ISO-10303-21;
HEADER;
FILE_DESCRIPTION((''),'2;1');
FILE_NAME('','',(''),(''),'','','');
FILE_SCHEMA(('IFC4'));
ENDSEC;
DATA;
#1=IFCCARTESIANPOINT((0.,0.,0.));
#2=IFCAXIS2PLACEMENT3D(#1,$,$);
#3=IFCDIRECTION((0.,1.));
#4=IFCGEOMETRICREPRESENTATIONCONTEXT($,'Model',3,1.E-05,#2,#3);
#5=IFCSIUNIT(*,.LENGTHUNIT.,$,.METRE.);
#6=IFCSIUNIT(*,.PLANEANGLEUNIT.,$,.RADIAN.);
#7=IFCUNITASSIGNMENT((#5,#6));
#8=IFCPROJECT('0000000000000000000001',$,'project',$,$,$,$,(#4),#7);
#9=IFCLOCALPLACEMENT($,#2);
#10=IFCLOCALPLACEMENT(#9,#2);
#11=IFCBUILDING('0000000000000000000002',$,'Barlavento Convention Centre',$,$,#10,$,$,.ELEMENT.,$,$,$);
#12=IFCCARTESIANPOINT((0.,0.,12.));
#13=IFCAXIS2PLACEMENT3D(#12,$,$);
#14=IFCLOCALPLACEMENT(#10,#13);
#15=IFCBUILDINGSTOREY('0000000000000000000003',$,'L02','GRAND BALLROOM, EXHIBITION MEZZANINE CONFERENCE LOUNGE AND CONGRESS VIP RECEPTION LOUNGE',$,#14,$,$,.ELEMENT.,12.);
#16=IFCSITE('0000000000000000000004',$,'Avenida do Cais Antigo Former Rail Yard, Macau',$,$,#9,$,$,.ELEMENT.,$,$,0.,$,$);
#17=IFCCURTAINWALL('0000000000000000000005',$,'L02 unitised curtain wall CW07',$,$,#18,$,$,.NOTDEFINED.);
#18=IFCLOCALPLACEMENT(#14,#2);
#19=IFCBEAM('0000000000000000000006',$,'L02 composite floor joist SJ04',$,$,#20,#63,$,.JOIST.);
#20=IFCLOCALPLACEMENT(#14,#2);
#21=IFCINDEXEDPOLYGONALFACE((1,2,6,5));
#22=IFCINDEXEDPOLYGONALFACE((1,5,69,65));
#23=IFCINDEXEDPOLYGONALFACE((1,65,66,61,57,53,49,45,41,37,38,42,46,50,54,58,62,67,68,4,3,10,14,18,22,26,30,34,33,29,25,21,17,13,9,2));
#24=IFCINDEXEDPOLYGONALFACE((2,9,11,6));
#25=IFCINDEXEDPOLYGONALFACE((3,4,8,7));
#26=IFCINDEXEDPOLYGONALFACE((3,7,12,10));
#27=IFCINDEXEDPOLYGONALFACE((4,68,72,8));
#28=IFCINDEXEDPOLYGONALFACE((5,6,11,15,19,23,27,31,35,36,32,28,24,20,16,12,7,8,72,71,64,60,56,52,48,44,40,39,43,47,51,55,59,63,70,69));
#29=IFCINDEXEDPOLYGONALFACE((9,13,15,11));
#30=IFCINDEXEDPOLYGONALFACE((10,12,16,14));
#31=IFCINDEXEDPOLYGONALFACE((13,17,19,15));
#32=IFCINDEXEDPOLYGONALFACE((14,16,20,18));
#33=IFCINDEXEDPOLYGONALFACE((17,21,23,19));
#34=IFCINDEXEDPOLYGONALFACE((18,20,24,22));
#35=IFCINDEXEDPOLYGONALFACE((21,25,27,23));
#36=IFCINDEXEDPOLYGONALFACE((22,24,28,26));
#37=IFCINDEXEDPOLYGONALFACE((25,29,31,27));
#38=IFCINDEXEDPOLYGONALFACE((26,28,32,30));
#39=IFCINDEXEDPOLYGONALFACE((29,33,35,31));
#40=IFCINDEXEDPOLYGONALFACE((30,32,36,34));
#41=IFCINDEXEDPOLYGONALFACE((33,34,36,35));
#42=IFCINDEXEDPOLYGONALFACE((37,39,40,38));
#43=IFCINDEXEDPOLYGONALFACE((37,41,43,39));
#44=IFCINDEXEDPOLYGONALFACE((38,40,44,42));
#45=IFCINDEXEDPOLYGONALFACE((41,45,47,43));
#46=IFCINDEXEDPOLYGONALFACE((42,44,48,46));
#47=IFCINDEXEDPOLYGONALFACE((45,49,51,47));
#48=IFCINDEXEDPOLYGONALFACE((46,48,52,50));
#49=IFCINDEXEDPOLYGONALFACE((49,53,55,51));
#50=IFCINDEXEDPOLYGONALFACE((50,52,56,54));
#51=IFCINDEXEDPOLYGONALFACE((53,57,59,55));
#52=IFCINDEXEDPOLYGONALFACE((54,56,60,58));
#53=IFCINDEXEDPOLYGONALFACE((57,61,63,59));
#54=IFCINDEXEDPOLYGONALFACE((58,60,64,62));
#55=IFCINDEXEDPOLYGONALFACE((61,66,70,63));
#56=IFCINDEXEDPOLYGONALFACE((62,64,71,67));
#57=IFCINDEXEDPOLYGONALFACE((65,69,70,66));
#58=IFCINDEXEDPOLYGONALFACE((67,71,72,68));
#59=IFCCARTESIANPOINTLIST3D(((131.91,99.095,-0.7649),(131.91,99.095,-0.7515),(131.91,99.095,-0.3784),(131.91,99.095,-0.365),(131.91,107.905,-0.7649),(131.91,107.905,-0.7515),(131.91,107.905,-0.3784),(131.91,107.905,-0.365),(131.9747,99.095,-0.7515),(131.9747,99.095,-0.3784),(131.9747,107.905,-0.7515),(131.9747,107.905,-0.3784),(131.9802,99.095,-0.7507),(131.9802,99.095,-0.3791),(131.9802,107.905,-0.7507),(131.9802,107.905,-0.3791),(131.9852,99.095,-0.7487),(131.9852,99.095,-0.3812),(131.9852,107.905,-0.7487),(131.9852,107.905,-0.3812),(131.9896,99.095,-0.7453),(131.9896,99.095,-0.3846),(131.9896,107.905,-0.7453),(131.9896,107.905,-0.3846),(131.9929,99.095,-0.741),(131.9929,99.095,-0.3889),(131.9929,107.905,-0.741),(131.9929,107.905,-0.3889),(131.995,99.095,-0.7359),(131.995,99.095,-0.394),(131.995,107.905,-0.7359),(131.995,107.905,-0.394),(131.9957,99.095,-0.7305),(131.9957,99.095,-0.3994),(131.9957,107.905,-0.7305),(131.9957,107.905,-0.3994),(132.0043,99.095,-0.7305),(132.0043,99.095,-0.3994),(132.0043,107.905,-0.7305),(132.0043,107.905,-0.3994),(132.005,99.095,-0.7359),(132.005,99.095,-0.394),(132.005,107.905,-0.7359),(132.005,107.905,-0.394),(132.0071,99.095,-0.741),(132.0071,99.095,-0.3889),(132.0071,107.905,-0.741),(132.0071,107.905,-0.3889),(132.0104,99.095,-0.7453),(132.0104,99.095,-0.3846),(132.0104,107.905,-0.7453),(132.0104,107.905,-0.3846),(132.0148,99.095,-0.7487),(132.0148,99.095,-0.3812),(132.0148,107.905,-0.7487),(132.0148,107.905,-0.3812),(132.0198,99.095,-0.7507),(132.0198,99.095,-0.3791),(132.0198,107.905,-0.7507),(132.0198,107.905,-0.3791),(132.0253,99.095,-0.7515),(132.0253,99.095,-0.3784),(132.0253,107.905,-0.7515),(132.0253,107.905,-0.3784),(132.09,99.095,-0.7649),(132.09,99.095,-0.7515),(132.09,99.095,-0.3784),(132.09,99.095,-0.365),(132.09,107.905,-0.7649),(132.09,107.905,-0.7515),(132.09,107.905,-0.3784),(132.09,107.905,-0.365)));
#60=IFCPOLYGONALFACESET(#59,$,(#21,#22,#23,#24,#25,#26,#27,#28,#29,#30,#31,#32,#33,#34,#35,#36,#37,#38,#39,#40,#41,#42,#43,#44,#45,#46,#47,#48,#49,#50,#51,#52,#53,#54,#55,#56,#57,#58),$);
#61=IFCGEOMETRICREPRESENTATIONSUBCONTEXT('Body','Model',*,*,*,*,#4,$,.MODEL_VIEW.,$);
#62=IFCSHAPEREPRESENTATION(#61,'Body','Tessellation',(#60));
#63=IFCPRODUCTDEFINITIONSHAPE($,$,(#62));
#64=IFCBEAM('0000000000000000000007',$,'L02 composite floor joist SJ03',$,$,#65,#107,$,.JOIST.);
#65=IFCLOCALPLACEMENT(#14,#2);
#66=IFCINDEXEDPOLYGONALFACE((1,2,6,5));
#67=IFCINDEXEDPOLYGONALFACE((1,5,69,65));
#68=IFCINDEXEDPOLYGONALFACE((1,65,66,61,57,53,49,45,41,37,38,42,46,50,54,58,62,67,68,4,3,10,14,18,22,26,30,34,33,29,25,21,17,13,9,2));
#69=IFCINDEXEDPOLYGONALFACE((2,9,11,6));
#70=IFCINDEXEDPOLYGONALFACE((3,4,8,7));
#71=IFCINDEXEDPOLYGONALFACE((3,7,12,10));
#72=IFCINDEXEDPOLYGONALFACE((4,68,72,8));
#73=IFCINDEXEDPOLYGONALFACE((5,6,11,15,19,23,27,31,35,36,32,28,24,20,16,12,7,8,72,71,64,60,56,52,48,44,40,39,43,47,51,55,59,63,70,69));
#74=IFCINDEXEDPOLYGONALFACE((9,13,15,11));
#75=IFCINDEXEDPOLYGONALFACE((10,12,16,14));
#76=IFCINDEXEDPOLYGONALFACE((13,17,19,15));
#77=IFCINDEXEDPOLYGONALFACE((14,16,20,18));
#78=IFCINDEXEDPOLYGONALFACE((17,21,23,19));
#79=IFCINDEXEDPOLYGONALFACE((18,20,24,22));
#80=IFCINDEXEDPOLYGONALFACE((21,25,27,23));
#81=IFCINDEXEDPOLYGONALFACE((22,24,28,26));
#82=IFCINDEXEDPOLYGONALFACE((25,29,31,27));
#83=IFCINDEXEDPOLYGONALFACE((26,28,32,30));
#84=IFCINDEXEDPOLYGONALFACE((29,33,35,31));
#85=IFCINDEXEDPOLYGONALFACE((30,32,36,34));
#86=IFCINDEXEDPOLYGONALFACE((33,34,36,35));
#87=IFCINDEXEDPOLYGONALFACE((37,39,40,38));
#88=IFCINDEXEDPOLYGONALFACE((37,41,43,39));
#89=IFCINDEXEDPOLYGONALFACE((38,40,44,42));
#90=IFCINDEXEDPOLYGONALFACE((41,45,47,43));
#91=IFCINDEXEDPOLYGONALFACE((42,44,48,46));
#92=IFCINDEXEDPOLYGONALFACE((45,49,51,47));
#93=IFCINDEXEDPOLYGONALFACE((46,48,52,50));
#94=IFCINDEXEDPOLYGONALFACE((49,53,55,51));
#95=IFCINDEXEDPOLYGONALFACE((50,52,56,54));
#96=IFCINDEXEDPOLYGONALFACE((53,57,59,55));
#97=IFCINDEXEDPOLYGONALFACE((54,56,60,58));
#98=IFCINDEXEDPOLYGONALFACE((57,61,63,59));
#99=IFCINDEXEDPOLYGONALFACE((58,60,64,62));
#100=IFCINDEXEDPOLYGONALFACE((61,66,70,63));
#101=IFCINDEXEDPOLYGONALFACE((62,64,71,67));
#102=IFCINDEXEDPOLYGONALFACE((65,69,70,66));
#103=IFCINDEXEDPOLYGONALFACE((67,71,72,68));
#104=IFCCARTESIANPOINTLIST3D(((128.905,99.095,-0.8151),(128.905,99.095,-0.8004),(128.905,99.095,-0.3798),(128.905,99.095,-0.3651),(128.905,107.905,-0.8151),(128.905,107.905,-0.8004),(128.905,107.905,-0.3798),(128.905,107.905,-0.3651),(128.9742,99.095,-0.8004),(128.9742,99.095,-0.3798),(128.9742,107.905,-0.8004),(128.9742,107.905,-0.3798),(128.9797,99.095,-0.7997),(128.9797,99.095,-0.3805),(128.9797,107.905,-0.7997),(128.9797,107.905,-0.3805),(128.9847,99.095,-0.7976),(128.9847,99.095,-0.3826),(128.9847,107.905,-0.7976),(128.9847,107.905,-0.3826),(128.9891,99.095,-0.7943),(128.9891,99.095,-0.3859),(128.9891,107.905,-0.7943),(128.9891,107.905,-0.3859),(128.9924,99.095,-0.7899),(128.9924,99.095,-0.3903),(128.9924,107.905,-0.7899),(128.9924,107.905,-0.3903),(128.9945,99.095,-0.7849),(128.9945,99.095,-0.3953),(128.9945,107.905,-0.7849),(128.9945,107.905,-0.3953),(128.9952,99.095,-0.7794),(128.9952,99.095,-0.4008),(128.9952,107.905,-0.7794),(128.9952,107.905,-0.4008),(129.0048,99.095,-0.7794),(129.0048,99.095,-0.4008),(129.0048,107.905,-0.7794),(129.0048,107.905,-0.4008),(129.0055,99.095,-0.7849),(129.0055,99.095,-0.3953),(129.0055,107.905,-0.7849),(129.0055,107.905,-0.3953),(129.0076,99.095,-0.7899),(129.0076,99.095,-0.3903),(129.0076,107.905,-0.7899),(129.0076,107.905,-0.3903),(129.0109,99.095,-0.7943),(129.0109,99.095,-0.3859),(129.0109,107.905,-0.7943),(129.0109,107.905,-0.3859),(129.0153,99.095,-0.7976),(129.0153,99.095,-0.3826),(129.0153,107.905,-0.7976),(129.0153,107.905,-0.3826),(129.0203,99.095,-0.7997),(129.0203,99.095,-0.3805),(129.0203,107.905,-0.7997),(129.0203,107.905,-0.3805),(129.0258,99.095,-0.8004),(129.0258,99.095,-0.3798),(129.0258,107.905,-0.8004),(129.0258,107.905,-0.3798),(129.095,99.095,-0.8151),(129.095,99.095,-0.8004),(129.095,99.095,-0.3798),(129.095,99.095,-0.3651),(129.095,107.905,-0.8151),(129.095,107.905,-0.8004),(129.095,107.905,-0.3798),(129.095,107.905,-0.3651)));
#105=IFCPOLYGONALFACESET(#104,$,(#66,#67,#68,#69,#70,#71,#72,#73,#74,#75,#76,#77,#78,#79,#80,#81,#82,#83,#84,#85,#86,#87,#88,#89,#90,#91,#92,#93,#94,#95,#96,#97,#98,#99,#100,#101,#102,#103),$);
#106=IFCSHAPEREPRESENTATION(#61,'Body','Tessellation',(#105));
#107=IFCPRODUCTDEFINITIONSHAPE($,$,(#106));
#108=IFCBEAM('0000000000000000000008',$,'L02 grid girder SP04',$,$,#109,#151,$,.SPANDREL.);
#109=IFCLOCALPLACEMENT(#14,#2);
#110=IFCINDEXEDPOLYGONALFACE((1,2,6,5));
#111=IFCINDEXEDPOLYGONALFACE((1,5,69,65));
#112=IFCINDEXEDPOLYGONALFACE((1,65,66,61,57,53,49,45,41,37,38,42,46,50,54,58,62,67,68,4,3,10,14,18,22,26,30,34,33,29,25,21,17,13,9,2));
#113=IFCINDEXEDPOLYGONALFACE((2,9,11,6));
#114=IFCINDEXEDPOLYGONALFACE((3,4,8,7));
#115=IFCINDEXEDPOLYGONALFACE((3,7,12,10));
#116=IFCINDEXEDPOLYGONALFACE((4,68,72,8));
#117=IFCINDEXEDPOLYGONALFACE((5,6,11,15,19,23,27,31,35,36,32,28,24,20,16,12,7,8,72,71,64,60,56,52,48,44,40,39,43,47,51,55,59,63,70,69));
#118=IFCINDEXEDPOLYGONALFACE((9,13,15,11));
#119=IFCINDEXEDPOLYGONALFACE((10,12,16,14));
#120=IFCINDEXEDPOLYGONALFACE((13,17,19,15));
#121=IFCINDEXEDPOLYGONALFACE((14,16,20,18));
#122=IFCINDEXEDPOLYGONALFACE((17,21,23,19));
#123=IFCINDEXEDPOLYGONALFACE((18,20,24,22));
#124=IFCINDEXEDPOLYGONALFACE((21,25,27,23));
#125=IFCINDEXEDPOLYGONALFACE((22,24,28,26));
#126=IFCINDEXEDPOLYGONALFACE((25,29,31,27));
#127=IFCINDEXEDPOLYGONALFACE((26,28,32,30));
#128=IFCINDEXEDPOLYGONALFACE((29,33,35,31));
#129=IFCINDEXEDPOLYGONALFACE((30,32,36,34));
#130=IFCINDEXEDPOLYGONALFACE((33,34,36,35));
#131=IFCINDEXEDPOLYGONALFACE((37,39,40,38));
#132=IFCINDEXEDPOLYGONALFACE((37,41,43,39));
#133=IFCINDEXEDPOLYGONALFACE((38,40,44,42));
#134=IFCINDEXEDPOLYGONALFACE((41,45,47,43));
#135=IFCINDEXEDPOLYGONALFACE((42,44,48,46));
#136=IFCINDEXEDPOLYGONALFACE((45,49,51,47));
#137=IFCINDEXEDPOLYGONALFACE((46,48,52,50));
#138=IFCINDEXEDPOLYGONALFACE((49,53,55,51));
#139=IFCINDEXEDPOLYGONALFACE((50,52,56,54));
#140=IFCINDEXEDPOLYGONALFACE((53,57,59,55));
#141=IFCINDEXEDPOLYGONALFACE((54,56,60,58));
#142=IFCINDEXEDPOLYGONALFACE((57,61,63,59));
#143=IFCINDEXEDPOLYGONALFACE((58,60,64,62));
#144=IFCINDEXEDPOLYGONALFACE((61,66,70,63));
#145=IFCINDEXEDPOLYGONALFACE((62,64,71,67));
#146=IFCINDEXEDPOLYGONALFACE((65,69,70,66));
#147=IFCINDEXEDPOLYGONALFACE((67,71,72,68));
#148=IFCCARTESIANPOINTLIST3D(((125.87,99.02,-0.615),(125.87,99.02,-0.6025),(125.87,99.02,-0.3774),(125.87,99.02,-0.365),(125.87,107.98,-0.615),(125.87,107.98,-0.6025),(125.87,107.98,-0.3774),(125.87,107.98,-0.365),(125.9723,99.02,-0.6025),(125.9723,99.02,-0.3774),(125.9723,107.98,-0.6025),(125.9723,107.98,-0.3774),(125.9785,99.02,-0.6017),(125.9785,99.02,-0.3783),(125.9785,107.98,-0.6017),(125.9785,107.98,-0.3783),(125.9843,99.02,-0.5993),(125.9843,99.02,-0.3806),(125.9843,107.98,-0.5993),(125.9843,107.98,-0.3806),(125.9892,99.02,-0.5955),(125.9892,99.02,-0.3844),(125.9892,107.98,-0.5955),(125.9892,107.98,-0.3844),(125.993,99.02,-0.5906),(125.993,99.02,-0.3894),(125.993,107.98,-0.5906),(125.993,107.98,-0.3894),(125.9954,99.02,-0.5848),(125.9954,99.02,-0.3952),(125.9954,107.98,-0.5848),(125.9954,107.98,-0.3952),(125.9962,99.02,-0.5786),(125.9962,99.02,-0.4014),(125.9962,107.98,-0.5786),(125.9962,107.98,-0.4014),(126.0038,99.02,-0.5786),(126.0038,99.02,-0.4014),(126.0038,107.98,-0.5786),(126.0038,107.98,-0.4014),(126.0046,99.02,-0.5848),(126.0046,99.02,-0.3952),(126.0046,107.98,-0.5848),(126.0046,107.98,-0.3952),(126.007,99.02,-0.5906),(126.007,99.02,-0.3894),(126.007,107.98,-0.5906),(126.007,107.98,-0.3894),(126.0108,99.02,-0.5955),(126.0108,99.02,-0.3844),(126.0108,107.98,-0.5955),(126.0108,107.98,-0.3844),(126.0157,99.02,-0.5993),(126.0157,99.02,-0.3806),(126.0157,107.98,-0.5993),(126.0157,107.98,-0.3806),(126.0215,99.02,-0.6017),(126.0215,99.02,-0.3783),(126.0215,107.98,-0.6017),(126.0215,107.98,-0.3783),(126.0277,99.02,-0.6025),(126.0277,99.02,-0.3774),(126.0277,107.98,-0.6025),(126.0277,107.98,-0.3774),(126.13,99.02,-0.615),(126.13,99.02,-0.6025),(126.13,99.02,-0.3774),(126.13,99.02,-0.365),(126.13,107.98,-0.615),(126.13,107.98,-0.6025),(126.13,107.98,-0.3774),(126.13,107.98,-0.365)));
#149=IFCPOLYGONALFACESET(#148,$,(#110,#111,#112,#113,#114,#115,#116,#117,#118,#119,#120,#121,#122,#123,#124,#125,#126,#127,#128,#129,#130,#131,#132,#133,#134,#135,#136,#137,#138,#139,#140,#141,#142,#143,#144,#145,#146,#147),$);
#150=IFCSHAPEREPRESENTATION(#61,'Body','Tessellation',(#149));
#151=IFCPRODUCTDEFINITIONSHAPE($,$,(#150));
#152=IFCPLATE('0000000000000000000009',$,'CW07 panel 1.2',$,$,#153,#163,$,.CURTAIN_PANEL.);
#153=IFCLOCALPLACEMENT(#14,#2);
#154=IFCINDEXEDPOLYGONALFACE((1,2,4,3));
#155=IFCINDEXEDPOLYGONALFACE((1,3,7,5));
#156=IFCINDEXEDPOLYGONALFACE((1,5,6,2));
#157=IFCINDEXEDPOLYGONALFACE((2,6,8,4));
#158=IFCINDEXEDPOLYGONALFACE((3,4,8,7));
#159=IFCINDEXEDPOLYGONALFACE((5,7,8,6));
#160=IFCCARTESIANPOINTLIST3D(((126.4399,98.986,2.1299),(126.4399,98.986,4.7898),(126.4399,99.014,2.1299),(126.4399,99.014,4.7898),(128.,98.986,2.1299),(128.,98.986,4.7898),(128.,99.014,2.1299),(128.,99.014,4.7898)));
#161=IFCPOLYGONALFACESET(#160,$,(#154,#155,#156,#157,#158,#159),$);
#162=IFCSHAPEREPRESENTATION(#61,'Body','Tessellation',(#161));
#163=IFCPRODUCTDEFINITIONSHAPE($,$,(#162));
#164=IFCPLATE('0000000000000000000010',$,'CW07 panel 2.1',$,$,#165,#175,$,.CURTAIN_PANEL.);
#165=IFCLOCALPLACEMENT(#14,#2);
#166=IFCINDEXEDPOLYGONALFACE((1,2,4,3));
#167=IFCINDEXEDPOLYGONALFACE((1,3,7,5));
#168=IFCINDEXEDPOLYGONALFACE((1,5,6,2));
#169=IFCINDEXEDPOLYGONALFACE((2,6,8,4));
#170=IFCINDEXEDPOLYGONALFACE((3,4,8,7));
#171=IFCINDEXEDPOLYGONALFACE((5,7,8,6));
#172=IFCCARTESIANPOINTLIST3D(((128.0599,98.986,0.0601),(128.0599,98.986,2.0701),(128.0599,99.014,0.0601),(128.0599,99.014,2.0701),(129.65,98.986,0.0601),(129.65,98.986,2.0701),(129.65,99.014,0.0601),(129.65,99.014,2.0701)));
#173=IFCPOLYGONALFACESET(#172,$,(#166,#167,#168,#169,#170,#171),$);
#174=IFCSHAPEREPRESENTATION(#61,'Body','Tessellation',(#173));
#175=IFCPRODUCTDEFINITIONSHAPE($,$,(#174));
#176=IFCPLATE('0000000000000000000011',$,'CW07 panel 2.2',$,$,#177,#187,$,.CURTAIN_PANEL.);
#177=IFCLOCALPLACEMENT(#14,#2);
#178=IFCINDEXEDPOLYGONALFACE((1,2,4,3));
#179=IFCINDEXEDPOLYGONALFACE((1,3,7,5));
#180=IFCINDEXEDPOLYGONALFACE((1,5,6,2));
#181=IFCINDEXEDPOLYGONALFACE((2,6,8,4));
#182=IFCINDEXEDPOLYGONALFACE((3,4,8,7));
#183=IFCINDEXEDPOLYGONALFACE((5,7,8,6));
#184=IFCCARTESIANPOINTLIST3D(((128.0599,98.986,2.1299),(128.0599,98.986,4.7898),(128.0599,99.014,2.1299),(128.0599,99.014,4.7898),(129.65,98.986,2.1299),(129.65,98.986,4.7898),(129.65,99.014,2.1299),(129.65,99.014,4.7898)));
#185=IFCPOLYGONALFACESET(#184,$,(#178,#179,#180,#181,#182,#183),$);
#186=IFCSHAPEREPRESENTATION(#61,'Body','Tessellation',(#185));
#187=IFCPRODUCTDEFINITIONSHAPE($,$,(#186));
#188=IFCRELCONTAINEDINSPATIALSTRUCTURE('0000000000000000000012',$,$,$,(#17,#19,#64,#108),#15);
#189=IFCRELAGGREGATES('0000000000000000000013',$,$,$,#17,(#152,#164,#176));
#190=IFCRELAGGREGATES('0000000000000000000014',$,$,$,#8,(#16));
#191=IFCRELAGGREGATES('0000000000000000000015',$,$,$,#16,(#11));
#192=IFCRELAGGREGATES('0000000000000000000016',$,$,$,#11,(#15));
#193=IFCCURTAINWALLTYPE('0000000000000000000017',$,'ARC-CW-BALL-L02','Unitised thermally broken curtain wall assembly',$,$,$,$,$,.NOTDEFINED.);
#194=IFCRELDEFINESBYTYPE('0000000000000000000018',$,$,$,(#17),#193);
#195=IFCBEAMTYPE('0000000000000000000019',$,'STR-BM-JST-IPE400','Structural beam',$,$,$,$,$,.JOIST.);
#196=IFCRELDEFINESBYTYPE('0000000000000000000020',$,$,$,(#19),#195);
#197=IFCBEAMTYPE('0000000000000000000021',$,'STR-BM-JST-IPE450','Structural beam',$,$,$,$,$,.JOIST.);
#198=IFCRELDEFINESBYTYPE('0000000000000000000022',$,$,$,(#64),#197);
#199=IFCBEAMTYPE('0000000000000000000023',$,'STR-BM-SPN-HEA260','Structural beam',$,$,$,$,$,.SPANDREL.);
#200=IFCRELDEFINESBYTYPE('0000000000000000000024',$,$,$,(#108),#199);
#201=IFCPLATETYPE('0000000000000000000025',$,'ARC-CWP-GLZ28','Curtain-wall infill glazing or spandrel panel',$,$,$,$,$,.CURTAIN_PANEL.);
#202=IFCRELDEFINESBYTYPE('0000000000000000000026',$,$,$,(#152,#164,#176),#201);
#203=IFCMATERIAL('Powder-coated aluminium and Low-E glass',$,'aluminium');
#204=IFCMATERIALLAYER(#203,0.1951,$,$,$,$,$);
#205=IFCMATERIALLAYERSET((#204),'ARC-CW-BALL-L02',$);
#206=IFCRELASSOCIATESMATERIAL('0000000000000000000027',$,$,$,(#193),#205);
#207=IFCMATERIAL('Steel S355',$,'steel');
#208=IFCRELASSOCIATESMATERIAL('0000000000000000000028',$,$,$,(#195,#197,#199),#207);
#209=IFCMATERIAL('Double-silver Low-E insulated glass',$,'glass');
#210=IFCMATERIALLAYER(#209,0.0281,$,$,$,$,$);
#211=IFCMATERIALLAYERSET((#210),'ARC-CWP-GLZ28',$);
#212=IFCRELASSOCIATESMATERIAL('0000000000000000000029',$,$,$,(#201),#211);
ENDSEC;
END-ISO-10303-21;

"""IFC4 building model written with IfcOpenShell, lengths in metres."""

from ifc_helpers import new_model, si_unit, direction, frame, origin, origin_2d, place, context, subcontext, project, spatial, rectangle, i_section, extrude, material, layer, layer_set, material_profile, profile_set, type_object, element, aggregate, save


model = new_model("IFC4")

# Units and contexts
model_context = context("Model", 3, precision=1e-05, world=origin(), true_north=direction((0.0, 1.0)))
body_context = subcontext(model_context, "Body", "Model", "MODEL_VIEW")
ifc_project = project(units=[si_unit("LENGTHUNIT", "METRE"), si_unit("PLANEANGLEUNIT", "RADIAN")], contexts=[model_context])

# Site, building, storey
site_placement = place(None, origin())
site = spatial("IfcSite", under=ifc_project, at=site_placement, Name="Avenida do Cais Antigo Former Rail Yard, Macau", CompositionType="ELEMENT", RefElevation=0.0)
building_placement = place(site_placement, origin())
building = spatial("IfcBuilding", under=site, at=building_placement, Name="Barlavento Convention Centre", CompositionType="ELEMENT")
storey_placement = place(building_placement, frame((0.0, 0.0, 12.0)))
storey = spatial("IfcBuildingStorey", under=building, at=storey_placement, Name="L02", Description="GRAND BALLROOM, EXHIBITION MEZZANINE CONFERENCE LOUNGE AND CONGRESS VIP RECEPTION LOUNGE", CompositionType="ELEMENT", Elevation=12.0)

# Curtain wall
ifc_material_1 = material(Name="Powder-coated aluminium and Low-E glass", Category="aluminium")
ifc_layer_1 = layer(ifc_material_1, 0.1951)
ifc_layer_set_1 = layer_set([ifc_layer_1], Name="ARC-CW-BALL-L02")
curtain_wall_type_1 = type_object("IfcCurtainWallType", Name="ARC-CW-BALL-L02", Description="Unitised thermally broken curtain wall assembly", PredefinedType="NOTDEFINED", material=ifc_layer_set_1)
curtain_wall_1_placement = place(storey_placement, origin())
curtain_wall_1 = element("IfcCurtainWall", 1, at=curtain_wall_1_placement, inside=storey, type_object=curtain_wall_type_1, Name="L02 unitised curtain wall CW07", PredefinedType="NOTDEFINED")

# Beams
ifc_material_2 = material(Name="Steel S355", Category="steel")
ifc_material_profile_1 = material_profile(ifc_material_2, i_section(OverallWidth=0.1799, OverallDepth=0.3999, WebThickness=0.0085, FlangeThickness=0.0134, FilletRadius=0.021, at=origin_2d()), Name="IPE 400")
ifc_profile_set_1 = profile_set([ifc_material_profile_1], Name="Steel S355")
beam_type_1 = type_object("IfcBeamType", Name="STR-BM-JST-IPE400", Description="Structural beam", PredefinedType="JOIST", material=ifc_profile_set_1)
beam_1_placement = place(storey_placement, frame((132.0, 99.095, -0.5649), z_axis=(0.0, 1.0, 0.0), x_axis=(-1.0, 0.0, 0.0)))
element("IfcBeam", 2, at=beam_1_placement, inside=storey, type_object=beam_type_1, Name="L02 composite floor joist SJ04", PredefinedType="JOIST", context=body_context, shape_type="SweptSolid", body=[
    extrude(i_section(OverallWidth=0.1799, OverallDepth=0.3999, WebThickness=0.0085, FlangeThickness=0.0134, FilletRadius=0.021, at=origin_2d()), origin(), (0.0, 0.0, 1.0), 8.8101),
])
ifc_material_profile_2 = material_profile(ifc_material_2, i_section(OverallWidth=0.1899, OverallDepth=0.45, WebThickness=0.0095, FlangeThickness=0.0146, FilletRadius=0.021, at=origin_2d()), Name="IPE 450")
ifc_profile_set_2 = profile_set([ifc_material_profile_2], Name="Steel S355")
beam_type_2 = type_object("IfcBeamType", Name="STR-BM-JST-IPE450", Description="Structural beam", PredefinedType="JOIST", material=ifc_profile_set_2)
beam_2_placement = place(storey_placement, frame((129.0, 99.095, -0.5901), z_axis=(0.0, 1.0, 0.0), x_axis=(-1.0, 0.0, 0.0)))
element("IfcBeam", 3, at=beam_2_placement, inside=storey, type_object=beam_type_2, Name="L02 composite floor joist SJ03", PredefinedType="JOIST", context=body_context, shape_type="SweptSolid", body=[
    extrude(i_section(OverallWidth=0.1899, OverallDepth=0.45, WebThickness=0.0095, FlangeThickness=0.0146, FilletRadius=0.021, at=origin_2d()), origin(), (0.0, 0.0, 1.0), 8.8101),
])
ifc_material_profile_3 = material_profile(ifc_material_2, i_section(OverallWidth=0.26, OverallDepth=0.25, WebThickness=0.0076, FlangeThickness=0.0125, FilletRadius=0.0239, at=origin_2d()), Name="HEA 260")
ifc_profile_set_3 = profile_set([ifc_material_profile_3], Name="Steel S355")
beam_type_3 = type_object("IfcBeamType", Name="STR-BM-SPN-HEA260", Description="Structural beam", PredefinedType="SPANDREL", material=ifc_profile_set_3)
beam_3_placement = place(storey_placement, frame((126.0, 99.02, -0.49), z_axis=(0.0, 1.0, 0.0), x_axis=(-1.0, 0.0, 0.0)))
element("IfcBeam", 4, at=beam_3_placement, inside=storey, type_object=beam_type_3, Name="L02 grid girder SP04", PredefinedType="SPANDREL", context=body_context, shape_type="SweptSolid", body=[
    extrude(i_section(OverallWidth=0.26, OverallDepth=0.25, WebThickness=0.0076, FlangeThickness=0.0125, FilletRadius=0.0239, at=origin_2d()), origin(), (0.0, 0.0, 1.0), 8.96),
])

# Plates
ifc_material_3 = material(Name="Double-silver Low-E insulated glass", Category="glass")
ifc_layer_2 = layer(ifc_material_3, 0.0281)
ifc_layer_set_2 = layer_set([ifc_layer_2], Name="ARC-CWP-GLZ28")
plate_type = type_object("IfcPlateType", Name="ARC-CWP-GLZ28", Description="Curtain-wall infill glazing or spandrel panel", PredefinedType="CURTAIN_PANEL", material=ifc_layer_set_2)
plate_1_placement = place(storey_placement, frame((127.22, 99.0, 2.1299), z_axis=(0.0, 0.0, 1.0), x_axis=(1.0, 0.0, 0.0)))
plate_1 = element("IfcPlate", 5, at=plate_1_placement, type_object=plate_type, Name="CW07 panel 1.2", PredefinedType="CURTAIN_PANEL", context=body_context, shape_type="SweptSolid", body=[
    extrude(rectangle(XDim=1.5601, YDim=0.0281, at=origin_2d()), origin(), (0.0, 0.0, 1.0), 2.6599),
])
plate_2_placement = place(storey_placement, frame((128.855, 99.0, 0.0601), z_axis=(0.0, 0.0, 1.0), x_axis=(1.0, 0.0, 0.0)))
plate_2 = element("IfcPlate", 6, at=plate_2_placement, type_object=plate_type, Name="CW07 panel 2.1", PredefinedType="CURTAIN_PANEL", context=body_context, shape_type="SweptSolid", body=[
    extrude(rectangle(XDim=1.5901, YDim=0.0281, at=origin_2d()), origin(), (0.0, 0.0, 1.0), 2.01),
])
plate_3_placement = place(storey_placement, frame((128.855, 99.0, 2.1299), z_axis=(0.0, 0.0, 1.0), x_axis=(1.0, 0.0, 0.0)))
plate_3 = element("IfcPlate", 7, at=plate_3_placement, type_object=plate_type, Name="CW07 panel 2.2", PredefinedType="CURTAIN_PANEL", context=body_context, shape_type="SweptSolid", body=[
    extrude(rectangle(XDim=1.5901, YDim=0.0281, at=origin_2d()), origin(), (0.0, 0.0, 1.0), 2.6599),
])
aggregate(curtain_wall_1, [plate_1, plate_2, plate_3])

save(model, "model.ifc")
